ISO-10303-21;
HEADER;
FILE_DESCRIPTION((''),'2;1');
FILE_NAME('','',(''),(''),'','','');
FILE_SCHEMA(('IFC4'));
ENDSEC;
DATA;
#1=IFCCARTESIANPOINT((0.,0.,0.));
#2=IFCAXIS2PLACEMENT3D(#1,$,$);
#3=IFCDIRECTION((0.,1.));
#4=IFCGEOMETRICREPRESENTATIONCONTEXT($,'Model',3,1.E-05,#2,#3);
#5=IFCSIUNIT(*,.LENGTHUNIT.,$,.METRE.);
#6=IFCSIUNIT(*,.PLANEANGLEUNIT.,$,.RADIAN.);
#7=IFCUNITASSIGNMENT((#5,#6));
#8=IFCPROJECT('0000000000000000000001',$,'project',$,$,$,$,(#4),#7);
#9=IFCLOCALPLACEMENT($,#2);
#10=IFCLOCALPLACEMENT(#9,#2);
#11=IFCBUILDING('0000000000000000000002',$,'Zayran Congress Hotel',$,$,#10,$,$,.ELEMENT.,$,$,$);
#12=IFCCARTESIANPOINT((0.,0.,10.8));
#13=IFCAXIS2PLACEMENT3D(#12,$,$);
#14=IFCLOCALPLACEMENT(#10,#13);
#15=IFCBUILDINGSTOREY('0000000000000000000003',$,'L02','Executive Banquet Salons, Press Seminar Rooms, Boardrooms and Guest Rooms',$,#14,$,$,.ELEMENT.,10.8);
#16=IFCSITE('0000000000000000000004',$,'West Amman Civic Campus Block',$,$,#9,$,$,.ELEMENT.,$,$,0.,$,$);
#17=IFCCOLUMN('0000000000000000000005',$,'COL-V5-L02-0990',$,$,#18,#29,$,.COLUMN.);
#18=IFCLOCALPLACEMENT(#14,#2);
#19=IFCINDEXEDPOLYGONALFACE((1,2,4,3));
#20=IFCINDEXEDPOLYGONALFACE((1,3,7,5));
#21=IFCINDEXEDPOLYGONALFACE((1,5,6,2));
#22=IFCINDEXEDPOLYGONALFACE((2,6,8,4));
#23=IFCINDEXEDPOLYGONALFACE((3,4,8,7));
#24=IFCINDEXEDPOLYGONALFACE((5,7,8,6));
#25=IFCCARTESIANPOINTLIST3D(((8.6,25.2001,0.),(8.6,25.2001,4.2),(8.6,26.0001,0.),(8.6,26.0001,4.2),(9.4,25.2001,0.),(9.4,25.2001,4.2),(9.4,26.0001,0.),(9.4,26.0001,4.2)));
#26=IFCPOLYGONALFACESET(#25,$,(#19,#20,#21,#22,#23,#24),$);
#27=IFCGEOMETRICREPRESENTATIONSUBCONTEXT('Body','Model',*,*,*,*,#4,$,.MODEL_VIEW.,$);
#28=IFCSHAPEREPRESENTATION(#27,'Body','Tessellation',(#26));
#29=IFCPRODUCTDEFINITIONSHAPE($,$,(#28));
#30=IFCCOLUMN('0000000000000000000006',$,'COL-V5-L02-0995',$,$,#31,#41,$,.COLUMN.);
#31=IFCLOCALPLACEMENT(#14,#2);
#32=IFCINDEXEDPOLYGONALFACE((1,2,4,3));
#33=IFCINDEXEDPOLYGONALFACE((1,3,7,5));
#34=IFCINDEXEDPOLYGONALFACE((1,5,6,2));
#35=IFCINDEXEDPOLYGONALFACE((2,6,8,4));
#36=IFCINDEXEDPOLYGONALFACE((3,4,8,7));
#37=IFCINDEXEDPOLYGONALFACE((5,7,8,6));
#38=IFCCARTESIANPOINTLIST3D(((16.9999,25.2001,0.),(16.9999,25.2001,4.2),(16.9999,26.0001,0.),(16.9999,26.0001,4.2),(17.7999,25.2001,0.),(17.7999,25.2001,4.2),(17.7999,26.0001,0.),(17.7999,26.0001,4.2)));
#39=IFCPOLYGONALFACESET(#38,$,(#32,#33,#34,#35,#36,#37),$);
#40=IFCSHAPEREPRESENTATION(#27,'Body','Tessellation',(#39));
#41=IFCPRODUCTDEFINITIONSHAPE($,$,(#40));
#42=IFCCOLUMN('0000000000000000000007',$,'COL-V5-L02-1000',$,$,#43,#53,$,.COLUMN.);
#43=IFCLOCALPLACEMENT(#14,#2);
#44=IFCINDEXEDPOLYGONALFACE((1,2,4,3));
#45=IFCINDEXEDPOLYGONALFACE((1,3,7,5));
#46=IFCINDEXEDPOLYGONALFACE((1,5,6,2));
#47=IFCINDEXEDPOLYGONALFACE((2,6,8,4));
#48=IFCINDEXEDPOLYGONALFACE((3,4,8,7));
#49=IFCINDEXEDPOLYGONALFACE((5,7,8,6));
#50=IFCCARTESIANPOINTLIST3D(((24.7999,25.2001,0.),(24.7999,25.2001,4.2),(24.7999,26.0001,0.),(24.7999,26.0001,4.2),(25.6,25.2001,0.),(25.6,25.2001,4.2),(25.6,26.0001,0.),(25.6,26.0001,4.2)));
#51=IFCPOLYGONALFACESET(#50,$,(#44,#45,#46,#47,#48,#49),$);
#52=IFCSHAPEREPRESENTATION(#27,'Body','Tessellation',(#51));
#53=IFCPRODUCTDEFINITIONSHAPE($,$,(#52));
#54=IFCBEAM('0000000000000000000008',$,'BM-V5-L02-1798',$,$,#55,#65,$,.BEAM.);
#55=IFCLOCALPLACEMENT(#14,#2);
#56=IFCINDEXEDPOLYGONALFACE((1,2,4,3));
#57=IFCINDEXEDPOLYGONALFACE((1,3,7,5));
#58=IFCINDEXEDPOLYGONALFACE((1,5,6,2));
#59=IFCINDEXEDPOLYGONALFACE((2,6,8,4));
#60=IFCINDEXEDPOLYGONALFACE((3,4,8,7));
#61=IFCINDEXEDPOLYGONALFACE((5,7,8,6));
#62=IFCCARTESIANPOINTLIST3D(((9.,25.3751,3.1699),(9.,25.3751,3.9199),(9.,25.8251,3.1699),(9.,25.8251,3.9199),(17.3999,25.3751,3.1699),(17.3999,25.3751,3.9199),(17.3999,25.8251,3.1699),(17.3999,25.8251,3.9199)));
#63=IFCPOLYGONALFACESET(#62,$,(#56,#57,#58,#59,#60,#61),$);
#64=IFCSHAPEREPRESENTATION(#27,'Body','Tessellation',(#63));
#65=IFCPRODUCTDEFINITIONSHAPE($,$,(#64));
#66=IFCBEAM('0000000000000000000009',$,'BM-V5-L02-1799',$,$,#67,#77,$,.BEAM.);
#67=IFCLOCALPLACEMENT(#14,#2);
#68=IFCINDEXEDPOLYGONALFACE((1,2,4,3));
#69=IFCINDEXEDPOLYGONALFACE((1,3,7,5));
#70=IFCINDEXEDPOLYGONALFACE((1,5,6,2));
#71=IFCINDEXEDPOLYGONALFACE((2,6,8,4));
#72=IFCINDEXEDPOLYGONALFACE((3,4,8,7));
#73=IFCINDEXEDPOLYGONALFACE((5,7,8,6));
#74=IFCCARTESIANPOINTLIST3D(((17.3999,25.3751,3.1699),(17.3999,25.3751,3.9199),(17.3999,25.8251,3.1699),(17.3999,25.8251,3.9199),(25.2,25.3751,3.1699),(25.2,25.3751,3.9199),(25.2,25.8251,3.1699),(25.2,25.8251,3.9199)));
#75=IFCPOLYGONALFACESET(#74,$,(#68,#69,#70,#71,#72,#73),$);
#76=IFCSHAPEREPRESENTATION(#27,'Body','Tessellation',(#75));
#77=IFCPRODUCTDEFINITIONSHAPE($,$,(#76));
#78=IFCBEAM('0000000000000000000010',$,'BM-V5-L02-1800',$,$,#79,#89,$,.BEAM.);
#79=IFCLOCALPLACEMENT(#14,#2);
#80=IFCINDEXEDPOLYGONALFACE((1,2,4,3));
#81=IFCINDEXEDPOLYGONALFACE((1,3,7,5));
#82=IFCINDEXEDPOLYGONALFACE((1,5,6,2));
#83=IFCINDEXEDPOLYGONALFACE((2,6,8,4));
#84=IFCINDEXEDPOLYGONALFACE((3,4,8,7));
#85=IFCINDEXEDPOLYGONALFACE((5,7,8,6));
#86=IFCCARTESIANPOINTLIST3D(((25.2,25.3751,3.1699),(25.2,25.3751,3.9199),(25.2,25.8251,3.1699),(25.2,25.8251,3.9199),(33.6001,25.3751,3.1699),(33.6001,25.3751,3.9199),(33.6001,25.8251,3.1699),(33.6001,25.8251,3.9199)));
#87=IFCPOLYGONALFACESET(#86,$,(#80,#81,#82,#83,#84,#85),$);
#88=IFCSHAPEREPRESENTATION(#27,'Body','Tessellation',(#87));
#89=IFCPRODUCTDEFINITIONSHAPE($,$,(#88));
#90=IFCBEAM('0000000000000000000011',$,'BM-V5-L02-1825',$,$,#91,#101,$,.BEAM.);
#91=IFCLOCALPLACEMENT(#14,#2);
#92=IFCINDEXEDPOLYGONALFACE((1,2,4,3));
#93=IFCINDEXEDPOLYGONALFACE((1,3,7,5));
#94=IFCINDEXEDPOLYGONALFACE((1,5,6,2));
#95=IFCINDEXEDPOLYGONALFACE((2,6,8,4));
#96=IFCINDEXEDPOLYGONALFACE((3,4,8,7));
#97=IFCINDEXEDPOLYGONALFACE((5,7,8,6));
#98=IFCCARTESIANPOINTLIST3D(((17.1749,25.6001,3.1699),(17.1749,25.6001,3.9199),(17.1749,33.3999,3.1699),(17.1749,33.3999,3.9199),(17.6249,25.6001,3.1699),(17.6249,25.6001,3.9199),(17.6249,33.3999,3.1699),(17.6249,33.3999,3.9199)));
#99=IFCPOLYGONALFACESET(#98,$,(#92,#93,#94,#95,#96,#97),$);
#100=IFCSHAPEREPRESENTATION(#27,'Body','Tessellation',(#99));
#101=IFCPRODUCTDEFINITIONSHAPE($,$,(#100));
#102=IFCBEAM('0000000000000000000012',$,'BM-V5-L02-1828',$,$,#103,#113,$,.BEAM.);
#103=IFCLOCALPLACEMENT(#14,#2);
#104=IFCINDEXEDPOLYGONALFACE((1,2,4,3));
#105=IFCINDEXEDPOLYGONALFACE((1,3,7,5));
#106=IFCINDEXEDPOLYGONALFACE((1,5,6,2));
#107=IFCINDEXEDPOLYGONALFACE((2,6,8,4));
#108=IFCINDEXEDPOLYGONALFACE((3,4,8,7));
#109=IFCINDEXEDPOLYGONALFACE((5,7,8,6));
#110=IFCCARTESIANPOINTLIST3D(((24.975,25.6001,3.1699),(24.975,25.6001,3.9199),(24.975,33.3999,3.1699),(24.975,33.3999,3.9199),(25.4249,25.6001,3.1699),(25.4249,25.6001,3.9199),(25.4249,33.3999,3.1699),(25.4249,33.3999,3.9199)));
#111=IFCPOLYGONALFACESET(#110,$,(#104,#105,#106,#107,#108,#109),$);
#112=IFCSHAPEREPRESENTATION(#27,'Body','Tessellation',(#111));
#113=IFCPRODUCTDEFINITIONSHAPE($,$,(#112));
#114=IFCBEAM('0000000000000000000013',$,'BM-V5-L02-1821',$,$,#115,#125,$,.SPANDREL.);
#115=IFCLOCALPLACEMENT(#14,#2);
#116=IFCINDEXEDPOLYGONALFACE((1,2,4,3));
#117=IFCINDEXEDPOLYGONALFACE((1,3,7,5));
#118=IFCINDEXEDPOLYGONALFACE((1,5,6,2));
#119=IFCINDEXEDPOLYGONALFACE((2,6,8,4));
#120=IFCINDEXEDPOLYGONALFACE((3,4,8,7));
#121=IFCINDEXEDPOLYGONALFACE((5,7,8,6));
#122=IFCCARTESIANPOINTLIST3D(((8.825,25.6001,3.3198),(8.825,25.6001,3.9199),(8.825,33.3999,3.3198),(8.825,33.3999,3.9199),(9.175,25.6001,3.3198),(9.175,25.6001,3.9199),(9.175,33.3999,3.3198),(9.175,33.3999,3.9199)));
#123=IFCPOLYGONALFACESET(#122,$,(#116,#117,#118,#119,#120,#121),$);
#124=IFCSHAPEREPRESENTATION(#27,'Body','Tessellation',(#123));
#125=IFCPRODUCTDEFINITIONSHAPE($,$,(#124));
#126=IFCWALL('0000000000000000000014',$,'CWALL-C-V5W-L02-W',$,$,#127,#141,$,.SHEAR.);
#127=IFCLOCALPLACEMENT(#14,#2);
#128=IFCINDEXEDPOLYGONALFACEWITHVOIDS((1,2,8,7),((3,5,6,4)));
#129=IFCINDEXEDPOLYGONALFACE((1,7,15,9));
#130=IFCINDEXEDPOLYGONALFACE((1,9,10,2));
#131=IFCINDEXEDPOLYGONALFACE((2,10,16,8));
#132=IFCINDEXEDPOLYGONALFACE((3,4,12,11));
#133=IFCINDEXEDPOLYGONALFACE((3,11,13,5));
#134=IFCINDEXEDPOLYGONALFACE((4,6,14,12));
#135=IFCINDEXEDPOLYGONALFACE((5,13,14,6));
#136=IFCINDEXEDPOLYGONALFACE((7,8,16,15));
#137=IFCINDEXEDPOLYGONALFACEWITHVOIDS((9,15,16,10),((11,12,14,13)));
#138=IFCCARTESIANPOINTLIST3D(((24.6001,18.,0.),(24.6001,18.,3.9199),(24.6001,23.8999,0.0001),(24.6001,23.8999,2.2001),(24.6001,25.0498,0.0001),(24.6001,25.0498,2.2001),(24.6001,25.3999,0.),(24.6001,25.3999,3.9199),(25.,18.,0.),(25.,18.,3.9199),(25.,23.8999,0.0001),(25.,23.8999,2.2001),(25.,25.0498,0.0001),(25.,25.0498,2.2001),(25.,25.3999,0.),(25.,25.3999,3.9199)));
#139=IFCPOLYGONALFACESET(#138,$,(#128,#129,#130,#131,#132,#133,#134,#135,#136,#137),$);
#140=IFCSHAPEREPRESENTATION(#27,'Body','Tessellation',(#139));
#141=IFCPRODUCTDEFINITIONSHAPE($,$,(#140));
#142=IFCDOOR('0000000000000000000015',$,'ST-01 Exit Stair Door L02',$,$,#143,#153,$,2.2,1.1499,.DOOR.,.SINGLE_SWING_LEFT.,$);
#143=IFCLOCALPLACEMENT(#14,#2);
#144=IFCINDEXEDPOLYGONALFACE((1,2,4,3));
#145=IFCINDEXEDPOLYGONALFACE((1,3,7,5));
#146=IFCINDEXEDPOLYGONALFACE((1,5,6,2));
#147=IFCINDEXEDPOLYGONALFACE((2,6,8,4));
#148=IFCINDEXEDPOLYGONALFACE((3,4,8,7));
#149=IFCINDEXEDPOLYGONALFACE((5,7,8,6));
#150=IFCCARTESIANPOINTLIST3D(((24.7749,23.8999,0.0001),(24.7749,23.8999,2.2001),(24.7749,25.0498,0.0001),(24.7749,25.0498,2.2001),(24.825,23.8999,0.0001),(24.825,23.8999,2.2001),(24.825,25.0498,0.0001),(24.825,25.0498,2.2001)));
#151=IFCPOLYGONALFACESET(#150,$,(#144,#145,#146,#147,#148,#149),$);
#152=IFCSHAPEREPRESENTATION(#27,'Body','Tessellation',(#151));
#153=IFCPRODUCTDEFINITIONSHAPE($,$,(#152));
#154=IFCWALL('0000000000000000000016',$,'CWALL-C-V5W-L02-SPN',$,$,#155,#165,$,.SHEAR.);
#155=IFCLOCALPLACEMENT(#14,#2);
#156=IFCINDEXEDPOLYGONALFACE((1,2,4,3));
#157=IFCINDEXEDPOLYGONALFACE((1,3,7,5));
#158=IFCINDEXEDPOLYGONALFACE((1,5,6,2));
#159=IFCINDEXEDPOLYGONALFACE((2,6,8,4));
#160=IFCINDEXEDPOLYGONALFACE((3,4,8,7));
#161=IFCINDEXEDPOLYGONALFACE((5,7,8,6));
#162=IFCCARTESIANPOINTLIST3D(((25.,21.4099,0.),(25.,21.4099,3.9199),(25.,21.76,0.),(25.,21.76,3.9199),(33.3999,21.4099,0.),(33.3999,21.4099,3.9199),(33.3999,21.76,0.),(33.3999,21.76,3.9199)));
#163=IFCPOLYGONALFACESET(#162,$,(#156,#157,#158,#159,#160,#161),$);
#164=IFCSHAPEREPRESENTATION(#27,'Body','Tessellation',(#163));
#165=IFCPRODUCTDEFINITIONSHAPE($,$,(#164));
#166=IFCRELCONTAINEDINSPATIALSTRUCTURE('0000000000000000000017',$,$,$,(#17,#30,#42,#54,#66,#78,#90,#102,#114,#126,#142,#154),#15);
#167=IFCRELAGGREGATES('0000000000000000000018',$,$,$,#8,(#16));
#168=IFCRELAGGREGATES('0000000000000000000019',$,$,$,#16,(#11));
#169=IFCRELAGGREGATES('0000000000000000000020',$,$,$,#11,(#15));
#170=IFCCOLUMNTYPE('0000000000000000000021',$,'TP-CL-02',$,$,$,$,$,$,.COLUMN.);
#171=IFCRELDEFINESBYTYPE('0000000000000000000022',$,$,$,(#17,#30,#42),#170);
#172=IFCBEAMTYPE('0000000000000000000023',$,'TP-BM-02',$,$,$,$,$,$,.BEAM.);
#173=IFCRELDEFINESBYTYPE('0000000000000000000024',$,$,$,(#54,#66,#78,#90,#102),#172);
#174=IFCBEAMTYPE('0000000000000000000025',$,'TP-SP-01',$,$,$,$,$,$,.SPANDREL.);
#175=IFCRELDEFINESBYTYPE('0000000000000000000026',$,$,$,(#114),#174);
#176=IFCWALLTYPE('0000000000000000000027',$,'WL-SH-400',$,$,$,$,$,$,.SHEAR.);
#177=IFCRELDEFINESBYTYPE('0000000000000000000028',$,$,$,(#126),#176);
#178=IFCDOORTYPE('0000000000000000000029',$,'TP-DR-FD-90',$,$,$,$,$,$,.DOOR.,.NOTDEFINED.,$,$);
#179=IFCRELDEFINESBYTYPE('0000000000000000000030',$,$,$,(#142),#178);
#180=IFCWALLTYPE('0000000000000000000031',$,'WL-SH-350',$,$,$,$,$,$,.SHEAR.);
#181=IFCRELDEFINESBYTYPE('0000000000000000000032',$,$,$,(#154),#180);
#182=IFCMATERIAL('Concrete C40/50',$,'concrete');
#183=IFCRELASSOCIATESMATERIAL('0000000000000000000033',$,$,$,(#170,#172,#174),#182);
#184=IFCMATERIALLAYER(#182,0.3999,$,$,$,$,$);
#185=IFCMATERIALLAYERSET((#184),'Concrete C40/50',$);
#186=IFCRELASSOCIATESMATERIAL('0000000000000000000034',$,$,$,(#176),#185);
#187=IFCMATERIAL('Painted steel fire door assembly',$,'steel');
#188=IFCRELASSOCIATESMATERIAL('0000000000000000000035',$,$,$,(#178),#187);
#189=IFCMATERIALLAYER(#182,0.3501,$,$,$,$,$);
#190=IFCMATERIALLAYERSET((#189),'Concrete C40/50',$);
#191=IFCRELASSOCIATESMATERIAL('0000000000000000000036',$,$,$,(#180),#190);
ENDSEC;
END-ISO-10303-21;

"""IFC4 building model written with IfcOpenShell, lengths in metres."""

from ifc_helpers import new_model, si_unit, direction, frame, frame_2d, origin, origin_2d, place, context, subcontext, project, spatial, rectangle, extrude, material, layer, layer_set, material_profile, profile_set, type_object, element, fill, save


model = new_model("IFC4")

# Units and contexts
model_context = context("Model", 3, precision=1e-05, world=origin(), true_north=direction((0.0, 1.0)))
body_context = subcontext(model_context, "Body", "Model", "MODEL_VIEW")
ifc_project = project(units=[si_unit("LENGTHUNIT", "METRE"), si_unit("PLANEANGLEUNIT", "RADIAN")], contexts=[model_context])

# Site, building, storey
site_placement = place(None, origin())
site = spatial("IfcSite", under=ifc_project, at=site_placement, Name="West Amman Civic Campus Block", CompositionType="ELEMENT", RefElevation=0.0)
building_placement = place(site_placement, origin())
building = spatial("IfcBuilding", under=site, at=building_placement, Name="Zayran Congress Hotel", CompositionType="ELEMENT")
storey_placement = place(building_placement, frame((0.0, 0.0, 10.8)))
storey = spatial("IfcBuildingStorey", under=building, at=storey_placement, Name="L02", Description="Executive Banquet Salons, Press Seminar Rooms, Boardrooms and Guest Rooms", CompositionType="ELEMENT", Elevation=10.8)

# Columns
ifc_material_1 = material(Name="Concrete C40/50", Category="concrete")
ifc_material_profile_1 = material_profile(ifc_material_1, rectangle(XDim=0.8, YDim=0.8, at=origin_2d()), Name="RC 800x800")
ifc_profile_set_1 = profile_set([ifc_material_profile_1], Name="Concrete C40/50")
column_type = type_object("IfcColumnType", Name="TP-CL-02", PredefinedType="COLUMN", material=ifc_profile_set_1)
for number, where, z_axis, x_axis, name in (
    (1, (9.0, 25.6001, 0.0), (0.0, 0.0, 1.0), (1.0, 0.0, 0.0), "COL-V5-L02-0990"),
    (2, (17.3999, 25.6001, 0.0), (0.0, 0.0, 1.0), (1.0, 0.0, 0.0), "COL-V5-L02-0995"),
    (3, (25.2, 25.6001, 0.0), (0.0, 0.0, 1.0), (1.0, 0.0, 0.0), "COL-V5-L02-1000"),
):
    element("IfcColumn", number, at=place(storey_placement, frame(where, z_axis=z_axis, x_axis=x_axis)), inside=storey, type_object=column_type, Name=name, PredefinedType="COLUMN", context=body_context, shape_type="SweptSolid", body=[
        extrude(rectangle(XDim=0.8, YDim=0.8, at=origin_2d()), origin(), (0.0, 0.0, 1.0), 4.2),
    ])

# Beams
ifc_material_profile_2 = material_profile(ifc_material_1, rectangle(XDim=0.45, YDim=0.75, at=origin_2d()), Name="RC 450x750")
ifc_profile_set_2 = profile_set([ifc_material_profile_2], Name="Concrete C40/50")
beam_type_1 = type_object("IfcBeamType", Name="TP-BM-02", PredefinedType="BEAM", material=ifc_profile_set_2)
beam_1_placement = place(storey_placement, frame((9.0, 25.6001, 3.5449), z_axis=(1.0, 0.0, 0.0), x_axis=(0.0, 1.0, 0.0)))
element("IfcBeam", 4, at=beam_1_placement, inside=storey, type_object=beam_type_1, Name="BM-V5-L02-1798", PredefinedType="BEAM", context=body_context, shape_type="SweptSolid", body=[
    extrude(rectangle(XDim=0.45, YDim=0.75, at=origin_2d()), origin(), (0.0, 0.0, 1.0), 8.3999),
])
beam_2_placement = place(storey_placement, frame((17.3999, 25.6001, 3.5449), z_axis=(1.0, 0.0, 0.0), x_axis=(0.0, 1.0, 0.0)))
element("IfcBeam", 5, at=beam_2_placement, inside=storey, type_object=beam_type_1, Name="BM-V5-L02-1799", PredefinedType="BEAM", context=body_context, shape_type="SweptSolid", body=[
    extrude(rectangle(XDim=0.45, YDim=0.75, at=origin_2d()), origin(), (0.0, 0.0, 1.0), 7.8),
])
beam_3_placement = place(storey_placement, frame((25.2, 25.6001, 3.5449), z_axis=(1.0, 0.0, 0.0), x_axis=(0.0, 1.0, 0.0)))
element("IfcBeam", 6, at=beam_3_placement, inside=storey, type_object=beam_type_1, Name="BM-V5-L02-1800", PredefinedType="BEAM", context=body_context, shape_type="SweptSolid", body=[
    extrude(rectangle(XDim=0.45, YDim=0.75, at=origin_2d()), origin(), (0.0, 0.0, 1.0), 8.4001),
])
for number, where, z_axis, x_axis, name in (
    (7, (17.3999, 25.6001, 3.5449), (0.0, 1.0, 0.0), (-1.0, 0.0, 0.0), "BM-V5-L02-1825"),
    (8, (25.2, 25.6001, 3.5449), (0.0, 1.0, 0.0), (-1.0, 0.0, 0.0), "BM-V5-L02-1828"),
):
    element("IfcBeam", number, at=place(storey_placement, frame(where, z_axis=z_axis, x_axis=x_axis)), inside=storey, type_object=beam_type_1, Name=name, PredefinedType="BEAM", context=body_context, shape_type="SweptSolid", body=[
        extrude(rectangle(XDim=0.45, YDim=0.75, at=origin_2d()), origin(), (0.0, 0.0, 1.0), 7.7998),
    ])
ifc_material_profile_3 = material_profile(ifc_material_1, rectangle(XDim=0.3501, YDim=0.6001, at=origin_2d()), Name="RC 350x600")
ifc_profile_set_3 = profile_set([ifc_material_profile_3], Name="Concrete C40/50")
beam_type_2 = type_object("IfcBeamType", Name="TP-SP-01", PredefinedType="SPANDREL", material=ifc_profile_set_3)
beam_4_placement = place(storey_placement, frame((9.0, 25.6001, 3.6199), z_axis=(0.0, 1.0, 0.0), x_axis=(-1.0, 0.0, 0.0)))
element("IfcBeam", 9, at=beam_4_placement, inside=storey, type_object=beam_type_2, Name="BM-V5-L02-1821", PredefinedType="SPANDREL", context=body_context, shape_type="SweptSolid", body=[
    extrude(rectangle(XDim=0.3501, YDim=0.6001, at=origin_2d()), origin(), (0.0, 0.0, 1.0), 7.7998),
])

# Wall, opening, door
ifc_layer_1 = layer(ifc_material_1, 0.3999)
ifc_layer_set_1 = layer_set([ifc_layer_1], Name="Concrete C40/50")
wall_type_1 = type_object("IfcWallType", Name="WL-SH-400", PredefinedType="SHEAR", material=ifc_layer_set_1)
wall_1_placement = place(storey_placement, frame((24.8, 25.3999, 0.0), z_axis=(0.0, 0.0, 1.0), x_axis=(0.0, -1.0, 0.0)))
wall_1 = element("IfcWall", 10, at=wall_1_placement, inside=storey, type_object=wall_type_1, Name="CWALL-C-V5W-L02-W", PredefinedType="SHEAR", context=body_context, shape_type="SweptSolid", body=[
    extrude(rectangle(XDim=7.3999, YDim=0.3999, at=frame_2d((3.7, 0.0))), origin(), (0.0, 0.0, 1.0), 3.9199),
])
opening_1_placement = place(wall_1_placement, frame((0.3501, 0.0, 0.0)))
opening_1 = element("IfcOpeningElement", 11, at=opening_1_placement, cuts=wall_1, PredefinedType="OPENING", context=body_context, shape_type="SweptSolid", body=[
    extrude(rectangle(XDim=1.1499, YDim=2.2, at=frame_2d((0.575, 1.1001))), frame((0.0, 0.21, 0.0), z_axis=(0.0, -1.0, 0.0), x_axis=(1.0, 0.0, 0.0)), (0.0, 0.0, 1.0), 0.4199),
])
ifc_material_2 = material(Name="Painted steel fire door assembly", Category="steel")
door_type_1 = type_object("IfcDoorType", Name="TP-DR-FD-90", OperationType="NOTDEFINED", PredefinedType="DOOR", material=ifc_material_2)
door_1_placement = place(opening_1_placement, origin())
door_1 = element("IfcDoor", 12, at=door_1_placement, inside=storey, type_object=door_type_1, Name="ST-01 Exit Stair Door L02", OperationType="SINGLE_SWING_LEFT", OverallHeight=2.2, OverallWidth=1.1499, PredefinedType="DOOR", context=body_context, shape_type="SweptSolid", body=[
    extrude(rectangle(XDim=1.1499, YDim=2.2, at=frame_2d((0.575, 1.1001))), frame((0.0, 0.0249, 0.0), z_axis=(0.0, -1.0, 0.0), x_axis=(1.0, 0.0, 0.0)), (0.0, 0.0, 1.0), 0.05),
])
fill(opening_1, door_1)

# Wall
ifc_layer_2 = layer(ifc_material_1, 0.3501)
ifc_layer_set_2 = layer_set([ifc_layer_2], Name="Concrete C40/50")
wall_type_2 = type_object("IfcWallType", Name="WL-SH-350", PredefinedType="SHEAR", material=ifc_layer_set_2)
wall_2_placement = place(storey_placement, frame((25.0, 21.585, 0.0), z_axis=(0.0, 0.0, 1.0), x_axis=(1.0, 0.0, 0.0)))
element("IfcWall", 13, at=wall_2_placement, inside=storey, type_object=wall_type_2, Name="CWALL-C-V5W-L02-SPN", PredefinedType="SHEAR", context=body_context, shape_type="SweptSolid", body=[
    extrude(rectangle(XDim=8.3999, YDim=0.3501, at=frame_2d((4.2, 0.0))), origin(), (0.0, 0.0, 1.0), 3.9199),
])

save(model, "model.ifc")
